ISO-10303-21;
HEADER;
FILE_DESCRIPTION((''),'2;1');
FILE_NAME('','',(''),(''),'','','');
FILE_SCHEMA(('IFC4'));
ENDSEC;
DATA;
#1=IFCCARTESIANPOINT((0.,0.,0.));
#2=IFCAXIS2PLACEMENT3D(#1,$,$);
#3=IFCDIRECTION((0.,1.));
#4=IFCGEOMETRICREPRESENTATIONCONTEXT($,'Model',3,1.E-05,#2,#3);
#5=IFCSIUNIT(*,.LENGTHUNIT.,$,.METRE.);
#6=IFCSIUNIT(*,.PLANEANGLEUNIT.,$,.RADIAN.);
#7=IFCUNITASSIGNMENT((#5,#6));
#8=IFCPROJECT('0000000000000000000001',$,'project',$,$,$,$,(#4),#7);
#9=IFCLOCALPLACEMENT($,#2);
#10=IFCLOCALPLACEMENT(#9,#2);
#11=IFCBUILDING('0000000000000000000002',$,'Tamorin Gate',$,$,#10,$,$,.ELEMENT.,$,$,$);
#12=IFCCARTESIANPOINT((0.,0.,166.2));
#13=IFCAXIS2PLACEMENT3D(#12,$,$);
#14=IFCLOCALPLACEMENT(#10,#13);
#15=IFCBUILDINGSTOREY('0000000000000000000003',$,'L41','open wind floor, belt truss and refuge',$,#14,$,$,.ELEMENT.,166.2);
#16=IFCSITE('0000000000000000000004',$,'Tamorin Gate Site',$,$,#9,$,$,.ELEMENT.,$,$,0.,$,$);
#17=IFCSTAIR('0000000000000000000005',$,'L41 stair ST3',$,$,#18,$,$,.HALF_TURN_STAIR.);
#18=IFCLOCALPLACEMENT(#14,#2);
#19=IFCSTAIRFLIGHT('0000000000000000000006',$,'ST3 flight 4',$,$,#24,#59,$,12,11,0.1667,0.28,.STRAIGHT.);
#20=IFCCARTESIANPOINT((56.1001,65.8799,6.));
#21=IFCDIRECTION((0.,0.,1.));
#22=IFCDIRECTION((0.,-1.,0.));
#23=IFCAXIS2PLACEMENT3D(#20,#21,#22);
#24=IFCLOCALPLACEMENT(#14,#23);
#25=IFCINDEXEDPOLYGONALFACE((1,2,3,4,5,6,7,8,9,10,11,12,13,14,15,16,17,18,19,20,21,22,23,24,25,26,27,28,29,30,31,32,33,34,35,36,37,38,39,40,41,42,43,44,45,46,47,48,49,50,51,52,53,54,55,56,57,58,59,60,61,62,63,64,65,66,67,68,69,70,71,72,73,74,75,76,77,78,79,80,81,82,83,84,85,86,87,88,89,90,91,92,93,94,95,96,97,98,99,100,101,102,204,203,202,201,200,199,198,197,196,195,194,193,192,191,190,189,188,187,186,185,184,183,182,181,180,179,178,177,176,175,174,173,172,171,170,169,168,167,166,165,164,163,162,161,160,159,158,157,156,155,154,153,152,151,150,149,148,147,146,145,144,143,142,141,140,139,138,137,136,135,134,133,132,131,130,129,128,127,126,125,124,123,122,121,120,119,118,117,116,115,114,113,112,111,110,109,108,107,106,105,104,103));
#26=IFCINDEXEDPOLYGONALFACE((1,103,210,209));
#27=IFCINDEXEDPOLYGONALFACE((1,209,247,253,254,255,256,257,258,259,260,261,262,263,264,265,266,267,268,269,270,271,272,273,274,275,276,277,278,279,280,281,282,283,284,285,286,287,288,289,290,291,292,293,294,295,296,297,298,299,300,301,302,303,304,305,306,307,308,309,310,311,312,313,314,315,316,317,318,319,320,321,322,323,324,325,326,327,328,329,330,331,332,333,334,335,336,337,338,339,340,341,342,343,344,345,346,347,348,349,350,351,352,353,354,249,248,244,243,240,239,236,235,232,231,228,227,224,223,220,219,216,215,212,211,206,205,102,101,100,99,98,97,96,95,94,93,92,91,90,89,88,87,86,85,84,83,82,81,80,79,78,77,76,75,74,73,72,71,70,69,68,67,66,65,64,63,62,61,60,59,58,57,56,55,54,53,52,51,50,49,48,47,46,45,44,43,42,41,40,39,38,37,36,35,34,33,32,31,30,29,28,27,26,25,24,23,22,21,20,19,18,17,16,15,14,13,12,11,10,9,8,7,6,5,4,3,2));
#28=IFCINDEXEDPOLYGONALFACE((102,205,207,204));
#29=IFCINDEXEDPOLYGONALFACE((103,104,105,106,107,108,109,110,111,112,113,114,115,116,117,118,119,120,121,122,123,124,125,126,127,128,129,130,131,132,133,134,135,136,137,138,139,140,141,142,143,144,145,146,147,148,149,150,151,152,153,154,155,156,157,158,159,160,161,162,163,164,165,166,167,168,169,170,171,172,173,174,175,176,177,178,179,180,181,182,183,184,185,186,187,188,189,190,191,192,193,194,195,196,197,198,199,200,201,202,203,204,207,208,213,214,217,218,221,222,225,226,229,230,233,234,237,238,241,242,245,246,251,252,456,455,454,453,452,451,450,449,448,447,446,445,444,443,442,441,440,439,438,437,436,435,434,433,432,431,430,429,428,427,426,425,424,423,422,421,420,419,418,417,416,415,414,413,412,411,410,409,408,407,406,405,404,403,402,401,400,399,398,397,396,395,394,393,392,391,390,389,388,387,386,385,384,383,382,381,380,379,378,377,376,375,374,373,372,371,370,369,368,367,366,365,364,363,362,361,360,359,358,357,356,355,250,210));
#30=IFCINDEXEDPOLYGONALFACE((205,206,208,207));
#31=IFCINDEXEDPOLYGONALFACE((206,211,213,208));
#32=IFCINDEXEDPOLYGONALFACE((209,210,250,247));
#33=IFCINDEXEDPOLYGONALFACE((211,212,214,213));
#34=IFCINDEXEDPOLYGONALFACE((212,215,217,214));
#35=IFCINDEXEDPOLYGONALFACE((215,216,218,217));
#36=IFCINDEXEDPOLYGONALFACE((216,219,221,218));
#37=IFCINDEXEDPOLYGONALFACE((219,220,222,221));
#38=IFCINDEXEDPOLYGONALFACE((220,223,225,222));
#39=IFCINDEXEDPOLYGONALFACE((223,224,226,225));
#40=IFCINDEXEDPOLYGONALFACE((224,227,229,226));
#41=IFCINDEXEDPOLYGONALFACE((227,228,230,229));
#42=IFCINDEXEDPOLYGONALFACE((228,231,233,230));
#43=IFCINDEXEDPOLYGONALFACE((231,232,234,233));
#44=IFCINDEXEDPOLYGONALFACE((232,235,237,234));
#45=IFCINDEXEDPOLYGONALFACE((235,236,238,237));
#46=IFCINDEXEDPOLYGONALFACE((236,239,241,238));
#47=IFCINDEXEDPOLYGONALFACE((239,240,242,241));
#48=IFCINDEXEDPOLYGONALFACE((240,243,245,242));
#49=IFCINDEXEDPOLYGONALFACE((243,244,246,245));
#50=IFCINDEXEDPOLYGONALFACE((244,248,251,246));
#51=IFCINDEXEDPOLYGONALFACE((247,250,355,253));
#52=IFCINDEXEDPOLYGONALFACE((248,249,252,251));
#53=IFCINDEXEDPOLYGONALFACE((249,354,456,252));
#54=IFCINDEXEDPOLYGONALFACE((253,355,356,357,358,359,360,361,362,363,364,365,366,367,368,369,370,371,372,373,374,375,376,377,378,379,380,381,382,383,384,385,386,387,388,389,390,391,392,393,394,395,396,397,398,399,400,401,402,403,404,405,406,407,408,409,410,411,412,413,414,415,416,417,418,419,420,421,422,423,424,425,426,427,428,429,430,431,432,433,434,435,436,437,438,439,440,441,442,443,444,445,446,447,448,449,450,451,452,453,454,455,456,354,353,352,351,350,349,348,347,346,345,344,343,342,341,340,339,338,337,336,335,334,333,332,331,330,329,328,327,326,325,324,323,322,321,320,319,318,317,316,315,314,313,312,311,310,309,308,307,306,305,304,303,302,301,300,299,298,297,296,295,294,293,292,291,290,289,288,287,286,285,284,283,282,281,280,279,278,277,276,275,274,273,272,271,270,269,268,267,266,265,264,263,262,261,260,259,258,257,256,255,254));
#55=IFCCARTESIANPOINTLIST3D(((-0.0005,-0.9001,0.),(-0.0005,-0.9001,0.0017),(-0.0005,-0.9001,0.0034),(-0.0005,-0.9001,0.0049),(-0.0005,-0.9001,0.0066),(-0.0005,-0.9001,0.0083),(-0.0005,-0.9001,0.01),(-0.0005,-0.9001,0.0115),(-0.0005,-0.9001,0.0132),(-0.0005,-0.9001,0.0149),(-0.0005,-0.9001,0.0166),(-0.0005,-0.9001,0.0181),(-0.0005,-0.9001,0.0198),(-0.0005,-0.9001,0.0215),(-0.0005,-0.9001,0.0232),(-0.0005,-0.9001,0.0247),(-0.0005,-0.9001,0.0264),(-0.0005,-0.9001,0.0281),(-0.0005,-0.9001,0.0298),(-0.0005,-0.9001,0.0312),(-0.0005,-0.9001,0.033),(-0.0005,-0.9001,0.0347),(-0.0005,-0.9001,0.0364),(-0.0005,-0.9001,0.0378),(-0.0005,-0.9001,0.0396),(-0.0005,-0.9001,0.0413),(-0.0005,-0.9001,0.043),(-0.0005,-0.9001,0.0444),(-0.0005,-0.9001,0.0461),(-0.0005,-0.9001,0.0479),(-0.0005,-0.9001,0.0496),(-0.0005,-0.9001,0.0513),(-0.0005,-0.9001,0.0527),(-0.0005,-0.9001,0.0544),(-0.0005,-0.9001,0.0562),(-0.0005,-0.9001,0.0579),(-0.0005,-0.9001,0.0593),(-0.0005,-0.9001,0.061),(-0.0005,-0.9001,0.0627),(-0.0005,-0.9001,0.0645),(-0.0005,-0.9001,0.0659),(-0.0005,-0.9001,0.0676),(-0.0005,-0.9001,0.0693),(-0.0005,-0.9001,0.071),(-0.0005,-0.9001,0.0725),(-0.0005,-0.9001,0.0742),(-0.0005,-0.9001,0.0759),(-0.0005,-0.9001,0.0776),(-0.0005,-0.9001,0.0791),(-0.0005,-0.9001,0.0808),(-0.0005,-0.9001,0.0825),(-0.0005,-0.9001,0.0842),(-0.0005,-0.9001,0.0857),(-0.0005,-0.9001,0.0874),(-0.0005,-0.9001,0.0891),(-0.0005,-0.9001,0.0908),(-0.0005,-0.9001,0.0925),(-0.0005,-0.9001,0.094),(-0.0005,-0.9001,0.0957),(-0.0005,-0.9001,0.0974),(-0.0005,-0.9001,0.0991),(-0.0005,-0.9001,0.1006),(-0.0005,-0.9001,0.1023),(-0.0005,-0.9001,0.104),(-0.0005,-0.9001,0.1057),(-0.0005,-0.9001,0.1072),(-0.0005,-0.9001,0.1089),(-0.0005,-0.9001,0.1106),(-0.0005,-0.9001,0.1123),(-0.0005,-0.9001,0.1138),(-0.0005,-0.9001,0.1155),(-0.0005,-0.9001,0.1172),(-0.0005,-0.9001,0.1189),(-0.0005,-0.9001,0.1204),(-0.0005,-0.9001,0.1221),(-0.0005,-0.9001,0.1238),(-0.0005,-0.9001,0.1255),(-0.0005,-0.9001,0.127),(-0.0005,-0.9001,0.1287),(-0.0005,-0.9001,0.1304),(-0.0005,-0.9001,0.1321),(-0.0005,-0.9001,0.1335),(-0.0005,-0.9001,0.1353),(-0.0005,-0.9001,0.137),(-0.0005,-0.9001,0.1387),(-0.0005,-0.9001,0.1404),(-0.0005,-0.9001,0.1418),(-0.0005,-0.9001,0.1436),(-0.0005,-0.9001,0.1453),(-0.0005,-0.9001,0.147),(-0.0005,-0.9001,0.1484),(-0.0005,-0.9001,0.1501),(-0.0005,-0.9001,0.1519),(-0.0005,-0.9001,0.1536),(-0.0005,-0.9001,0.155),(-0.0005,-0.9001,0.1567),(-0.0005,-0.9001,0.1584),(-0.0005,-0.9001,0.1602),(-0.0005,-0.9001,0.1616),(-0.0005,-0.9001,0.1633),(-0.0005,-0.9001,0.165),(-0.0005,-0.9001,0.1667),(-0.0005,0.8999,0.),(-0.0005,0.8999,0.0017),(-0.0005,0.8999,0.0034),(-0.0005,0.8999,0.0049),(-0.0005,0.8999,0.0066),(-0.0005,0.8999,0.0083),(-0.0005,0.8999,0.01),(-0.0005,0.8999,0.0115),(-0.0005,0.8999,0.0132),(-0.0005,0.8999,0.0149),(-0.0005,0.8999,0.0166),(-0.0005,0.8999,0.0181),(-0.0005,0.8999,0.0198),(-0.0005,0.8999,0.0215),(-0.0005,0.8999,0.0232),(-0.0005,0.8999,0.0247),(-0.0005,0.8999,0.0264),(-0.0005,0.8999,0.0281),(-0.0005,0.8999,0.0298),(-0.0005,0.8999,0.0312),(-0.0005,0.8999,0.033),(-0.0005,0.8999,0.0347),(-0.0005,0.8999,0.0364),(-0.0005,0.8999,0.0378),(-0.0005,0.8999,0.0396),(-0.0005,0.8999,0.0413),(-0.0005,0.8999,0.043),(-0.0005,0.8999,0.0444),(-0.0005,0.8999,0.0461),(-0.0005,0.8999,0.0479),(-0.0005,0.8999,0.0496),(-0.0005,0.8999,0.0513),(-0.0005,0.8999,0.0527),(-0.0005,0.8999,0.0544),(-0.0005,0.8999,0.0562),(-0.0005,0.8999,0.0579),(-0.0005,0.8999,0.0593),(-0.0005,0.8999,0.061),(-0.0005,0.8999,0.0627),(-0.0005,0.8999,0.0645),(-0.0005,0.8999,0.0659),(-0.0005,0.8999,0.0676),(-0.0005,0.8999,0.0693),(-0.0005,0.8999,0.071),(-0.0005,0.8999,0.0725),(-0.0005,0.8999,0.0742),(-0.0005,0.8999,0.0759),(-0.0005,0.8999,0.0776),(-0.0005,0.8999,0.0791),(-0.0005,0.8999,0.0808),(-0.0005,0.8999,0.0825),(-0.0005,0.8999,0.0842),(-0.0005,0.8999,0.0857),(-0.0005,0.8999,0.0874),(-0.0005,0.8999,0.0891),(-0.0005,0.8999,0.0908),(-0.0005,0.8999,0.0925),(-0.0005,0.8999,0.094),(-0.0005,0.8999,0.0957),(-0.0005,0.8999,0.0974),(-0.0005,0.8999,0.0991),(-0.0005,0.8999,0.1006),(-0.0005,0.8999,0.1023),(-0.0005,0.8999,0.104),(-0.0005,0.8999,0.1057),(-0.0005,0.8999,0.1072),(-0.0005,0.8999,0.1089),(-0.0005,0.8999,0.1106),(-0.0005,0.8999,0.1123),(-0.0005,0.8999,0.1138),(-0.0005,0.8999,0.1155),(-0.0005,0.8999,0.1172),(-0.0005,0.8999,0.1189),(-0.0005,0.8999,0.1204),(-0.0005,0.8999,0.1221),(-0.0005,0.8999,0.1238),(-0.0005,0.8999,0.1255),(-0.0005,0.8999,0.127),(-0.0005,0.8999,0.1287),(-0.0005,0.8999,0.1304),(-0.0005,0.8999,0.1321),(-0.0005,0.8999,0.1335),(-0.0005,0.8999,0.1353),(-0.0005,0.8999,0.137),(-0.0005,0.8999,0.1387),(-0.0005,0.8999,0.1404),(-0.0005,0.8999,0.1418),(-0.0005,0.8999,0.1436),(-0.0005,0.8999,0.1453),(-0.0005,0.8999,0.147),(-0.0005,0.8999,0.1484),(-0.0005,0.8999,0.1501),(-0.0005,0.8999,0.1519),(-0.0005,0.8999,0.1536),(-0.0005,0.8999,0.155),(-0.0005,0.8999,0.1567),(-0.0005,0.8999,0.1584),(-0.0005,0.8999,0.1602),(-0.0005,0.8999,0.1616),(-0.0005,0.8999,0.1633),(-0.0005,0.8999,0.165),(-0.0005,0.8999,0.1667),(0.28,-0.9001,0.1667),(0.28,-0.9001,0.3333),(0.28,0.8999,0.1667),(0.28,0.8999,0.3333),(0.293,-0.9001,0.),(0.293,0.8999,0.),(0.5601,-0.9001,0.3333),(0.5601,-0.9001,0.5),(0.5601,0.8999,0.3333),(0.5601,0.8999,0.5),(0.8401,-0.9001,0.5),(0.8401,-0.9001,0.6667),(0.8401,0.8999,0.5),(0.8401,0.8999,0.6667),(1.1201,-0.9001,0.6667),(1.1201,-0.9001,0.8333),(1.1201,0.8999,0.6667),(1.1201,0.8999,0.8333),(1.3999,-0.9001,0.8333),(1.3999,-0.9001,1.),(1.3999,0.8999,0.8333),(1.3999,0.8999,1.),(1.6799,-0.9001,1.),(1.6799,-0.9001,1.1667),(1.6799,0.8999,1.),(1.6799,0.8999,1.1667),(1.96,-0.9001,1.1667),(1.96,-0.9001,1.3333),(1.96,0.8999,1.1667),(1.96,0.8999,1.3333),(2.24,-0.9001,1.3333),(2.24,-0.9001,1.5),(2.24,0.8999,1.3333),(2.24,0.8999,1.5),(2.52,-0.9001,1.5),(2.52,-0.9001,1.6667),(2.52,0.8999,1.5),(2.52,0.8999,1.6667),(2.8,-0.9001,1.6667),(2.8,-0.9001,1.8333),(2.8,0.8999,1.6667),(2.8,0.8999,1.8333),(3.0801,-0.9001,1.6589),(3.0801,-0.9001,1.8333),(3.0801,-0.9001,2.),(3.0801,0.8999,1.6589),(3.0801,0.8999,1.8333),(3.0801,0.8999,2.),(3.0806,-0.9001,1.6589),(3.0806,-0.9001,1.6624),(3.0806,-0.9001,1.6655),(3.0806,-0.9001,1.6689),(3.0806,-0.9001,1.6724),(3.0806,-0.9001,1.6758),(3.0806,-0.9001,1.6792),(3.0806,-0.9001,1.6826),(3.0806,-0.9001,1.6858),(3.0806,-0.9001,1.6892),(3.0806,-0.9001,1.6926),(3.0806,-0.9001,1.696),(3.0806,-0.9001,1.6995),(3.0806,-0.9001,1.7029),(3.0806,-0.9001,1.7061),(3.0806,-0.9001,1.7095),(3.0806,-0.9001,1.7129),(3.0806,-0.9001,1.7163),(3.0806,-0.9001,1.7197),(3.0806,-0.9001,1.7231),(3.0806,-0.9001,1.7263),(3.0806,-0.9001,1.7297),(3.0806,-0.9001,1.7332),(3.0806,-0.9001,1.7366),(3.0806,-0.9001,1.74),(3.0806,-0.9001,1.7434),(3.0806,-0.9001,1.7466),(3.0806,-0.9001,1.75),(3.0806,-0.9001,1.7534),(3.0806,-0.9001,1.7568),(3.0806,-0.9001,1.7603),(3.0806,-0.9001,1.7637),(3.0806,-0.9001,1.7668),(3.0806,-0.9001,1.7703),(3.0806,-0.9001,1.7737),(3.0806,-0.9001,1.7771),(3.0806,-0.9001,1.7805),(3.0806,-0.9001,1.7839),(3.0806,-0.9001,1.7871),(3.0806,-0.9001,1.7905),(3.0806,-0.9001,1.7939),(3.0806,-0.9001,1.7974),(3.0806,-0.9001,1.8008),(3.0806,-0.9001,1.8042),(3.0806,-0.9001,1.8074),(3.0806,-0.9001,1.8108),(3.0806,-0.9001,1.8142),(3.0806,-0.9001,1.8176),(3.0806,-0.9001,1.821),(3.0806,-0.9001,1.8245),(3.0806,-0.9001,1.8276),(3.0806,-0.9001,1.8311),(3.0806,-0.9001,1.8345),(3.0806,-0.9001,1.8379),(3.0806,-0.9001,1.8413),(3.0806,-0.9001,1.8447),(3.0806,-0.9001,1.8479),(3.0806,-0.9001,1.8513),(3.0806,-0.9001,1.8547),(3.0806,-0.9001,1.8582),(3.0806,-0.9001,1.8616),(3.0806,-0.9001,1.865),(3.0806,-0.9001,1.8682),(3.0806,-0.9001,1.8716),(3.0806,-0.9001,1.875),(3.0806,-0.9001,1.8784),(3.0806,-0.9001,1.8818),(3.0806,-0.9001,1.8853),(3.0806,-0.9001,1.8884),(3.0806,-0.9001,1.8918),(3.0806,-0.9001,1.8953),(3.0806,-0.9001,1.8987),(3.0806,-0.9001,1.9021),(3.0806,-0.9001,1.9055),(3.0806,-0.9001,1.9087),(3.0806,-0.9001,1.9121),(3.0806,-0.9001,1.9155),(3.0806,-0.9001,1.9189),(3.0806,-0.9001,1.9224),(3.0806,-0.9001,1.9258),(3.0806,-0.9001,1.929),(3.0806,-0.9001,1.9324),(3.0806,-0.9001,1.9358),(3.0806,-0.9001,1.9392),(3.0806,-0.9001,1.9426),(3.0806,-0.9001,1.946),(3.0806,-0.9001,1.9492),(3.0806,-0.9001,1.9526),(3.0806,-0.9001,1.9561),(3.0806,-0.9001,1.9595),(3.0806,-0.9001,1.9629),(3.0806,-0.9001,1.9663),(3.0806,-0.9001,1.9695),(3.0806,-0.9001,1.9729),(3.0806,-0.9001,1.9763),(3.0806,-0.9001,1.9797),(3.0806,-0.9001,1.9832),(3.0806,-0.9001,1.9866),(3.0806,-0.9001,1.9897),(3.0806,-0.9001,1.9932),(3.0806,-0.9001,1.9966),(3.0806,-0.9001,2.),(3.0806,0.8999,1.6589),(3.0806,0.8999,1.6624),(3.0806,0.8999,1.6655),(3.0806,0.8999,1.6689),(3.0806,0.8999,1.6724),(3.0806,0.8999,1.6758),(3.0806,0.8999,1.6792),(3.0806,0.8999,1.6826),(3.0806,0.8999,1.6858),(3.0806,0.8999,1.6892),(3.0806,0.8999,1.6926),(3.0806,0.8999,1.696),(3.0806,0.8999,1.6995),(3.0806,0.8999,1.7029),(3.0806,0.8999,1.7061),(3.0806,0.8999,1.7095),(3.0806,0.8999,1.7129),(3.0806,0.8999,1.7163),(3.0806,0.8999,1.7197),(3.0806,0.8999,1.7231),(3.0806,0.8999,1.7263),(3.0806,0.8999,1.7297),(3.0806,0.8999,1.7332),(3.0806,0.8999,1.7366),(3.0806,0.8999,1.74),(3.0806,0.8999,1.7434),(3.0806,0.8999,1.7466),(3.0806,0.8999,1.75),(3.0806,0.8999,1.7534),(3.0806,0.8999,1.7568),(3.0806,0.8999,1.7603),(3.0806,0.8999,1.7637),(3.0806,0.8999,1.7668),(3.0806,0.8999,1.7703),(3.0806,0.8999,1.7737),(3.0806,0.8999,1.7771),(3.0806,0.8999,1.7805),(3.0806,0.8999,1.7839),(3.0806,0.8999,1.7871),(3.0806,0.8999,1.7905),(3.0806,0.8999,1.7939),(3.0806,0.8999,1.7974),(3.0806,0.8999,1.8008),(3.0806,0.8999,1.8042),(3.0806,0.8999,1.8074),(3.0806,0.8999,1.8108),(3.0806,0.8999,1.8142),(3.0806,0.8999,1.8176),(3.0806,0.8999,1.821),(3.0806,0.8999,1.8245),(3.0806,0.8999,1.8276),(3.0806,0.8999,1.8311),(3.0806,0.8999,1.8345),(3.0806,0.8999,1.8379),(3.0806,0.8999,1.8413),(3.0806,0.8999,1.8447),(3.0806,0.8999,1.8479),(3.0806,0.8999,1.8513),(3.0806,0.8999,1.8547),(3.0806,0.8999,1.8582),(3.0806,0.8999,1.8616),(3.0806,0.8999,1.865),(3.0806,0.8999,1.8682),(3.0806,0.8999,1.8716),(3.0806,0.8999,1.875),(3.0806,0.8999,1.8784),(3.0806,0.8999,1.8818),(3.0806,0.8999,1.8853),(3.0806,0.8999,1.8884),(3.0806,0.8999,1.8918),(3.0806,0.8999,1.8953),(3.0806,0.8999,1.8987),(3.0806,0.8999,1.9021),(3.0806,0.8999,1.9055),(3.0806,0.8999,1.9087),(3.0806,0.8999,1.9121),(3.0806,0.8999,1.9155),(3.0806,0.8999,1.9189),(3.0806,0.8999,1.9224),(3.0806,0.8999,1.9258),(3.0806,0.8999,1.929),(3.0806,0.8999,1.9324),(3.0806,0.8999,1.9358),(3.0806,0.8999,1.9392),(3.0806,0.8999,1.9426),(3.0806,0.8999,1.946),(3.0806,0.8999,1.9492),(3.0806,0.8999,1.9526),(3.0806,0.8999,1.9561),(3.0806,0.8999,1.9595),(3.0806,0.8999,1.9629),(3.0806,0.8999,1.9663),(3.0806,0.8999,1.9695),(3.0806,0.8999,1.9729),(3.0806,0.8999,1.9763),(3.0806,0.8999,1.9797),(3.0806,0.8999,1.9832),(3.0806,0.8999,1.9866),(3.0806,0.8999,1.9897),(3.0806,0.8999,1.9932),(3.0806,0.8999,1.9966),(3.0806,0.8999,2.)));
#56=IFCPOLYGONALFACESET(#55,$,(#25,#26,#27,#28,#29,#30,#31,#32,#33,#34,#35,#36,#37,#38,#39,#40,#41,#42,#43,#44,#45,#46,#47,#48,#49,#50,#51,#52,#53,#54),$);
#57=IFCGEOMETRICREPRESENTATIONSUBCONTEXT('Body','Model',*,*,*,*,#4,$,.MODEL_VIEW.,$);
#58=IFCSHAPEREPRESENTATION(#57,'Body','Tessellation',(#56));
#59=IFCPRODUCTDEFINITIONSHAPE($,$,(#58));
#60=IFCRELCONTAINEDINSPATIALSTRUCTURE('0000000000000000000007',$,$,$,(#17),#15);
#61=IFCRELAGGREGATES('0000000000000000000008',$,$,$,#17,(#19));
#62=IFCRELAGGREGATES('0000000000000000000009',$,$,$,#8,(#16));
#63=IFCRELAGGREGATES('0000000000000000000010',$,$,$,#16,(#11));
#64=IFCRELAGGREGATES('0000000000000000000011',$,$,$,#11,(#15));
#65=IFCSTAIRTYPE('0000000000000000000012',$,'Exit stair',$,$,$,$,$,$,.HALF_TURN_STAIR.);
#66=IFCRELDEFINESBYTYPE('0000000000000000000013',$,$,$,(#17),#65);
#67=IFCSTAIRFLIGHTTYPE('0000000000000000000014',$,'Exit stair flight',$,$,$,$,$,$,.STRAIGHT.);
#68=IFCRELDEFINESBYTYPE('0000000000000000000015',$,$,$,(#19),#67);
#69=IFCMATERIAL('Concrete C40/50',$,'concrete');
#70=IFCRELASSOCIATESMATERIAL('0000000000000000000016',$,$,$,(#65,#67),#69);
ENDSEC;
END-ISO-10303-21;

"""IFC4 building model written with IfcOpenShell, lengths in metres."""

from ifc_helpers import new_model, si_unit, direction, frame, origin, place, context, subcontext, project, spatial, polyline, outline, extrude, material, type_object, element, aggregate, save


model = new_model("IFC4")

# Units and contexts
model_context = context("Model", 3, precision=1e-05, world=origin(), true_north=direction((0.0, 1.0)))
body_context = subcontext(model_context, "Body", "Model", "MODEL_VIEW")
ifc_project = project(units=[si_unit("LENGTHUNIT", "METRE"), si_unit("PLANEANGLEUNIT", "RADIAN")], contexts=[model_context])

# Site, building, storey
site_placement = place(None, origin())
site = spatial("IfcSite", under=ifc_project, at=site_placement, Name="Tamorin Gate Site", CompositionType="ELEMENT", RefElevation=0.0)
building_placement = place(site_placement, origin())
building = spatial("IfcBuilding", under=site, at=building_placement, Name="Tamorin Gate", CompositionType="ELEMENT")
storey_placement = place(building_placement, frame((0.0, 0.0, 166.2)))
storey = spatial("IfcBuildingStorey", under=building, at=storey_placement, Name="L41", Description="open wind floor, belt truss and refuge", CompositionType="ELEMENT", Elevation=166.2)

# Stair, stair flight
ifc_material_1 = material(Name="Concrete C40/50", Category="concrete")
stair_type = type_object("IfcStairType", Name="Exit stair", PredefinedType="HALF_TURN_STAIR", material=ifc_material_1)
stair_placement = place(storey_placement, origin())
stair = element("IfcStair", 1, at=stair_placement, inside=storey, type_object=stair_type, Name="L41 stair ST3", PredefinedType="HALF_TURN_STAIR")
stair_flight_type = type_object("IfcStairFlightType", Name="Exit stair flight", PredefinedType="STRAIGHT", material=ifc_material_1)
stair_flight_1_placement = place(storey_placement, frame((56.1001, 65.8799, 6.0), z_axis=(0.0, 0.0, 1.0), x_axis=(0.0, -1.0, 0.0)))
stair_flight_1 = element("IfcStairFlight", 2, at=stair_flight_1_placement, type_object=stair_flight_type, Name="ST3 flight 4", NumberOfRisers=12, NumberOfTreads=11, PredefinedType="STRAIGHT", RiserHeight=0.1667, TreadLength=0.28, context=body_context, shape_type="SweptSolid", body=[
    extrude(outline(polyline([(-0.0005, 0.0), (-0.0005, 0.0017), (-0.0005, 0.0034), (-0.0005, 0.0049), (-0.0005, 0.0066), (-0.0005, 0.0083), (-0.0005, 0.01), (-0.0005, 0.0115), (-0.0005, 0.0132), (-0.0005, 0.0149), (-0.0005, 0.0166), (-0.0005, 0.0181), (-0.0005, 0.0198), (-0.0005, 0.0215), (-0.0005, 0.0232), (-0.0005, 0.0247), (-0.0005, 0.0264), (-0.0005, 0.0281), (-0.0005, 0.0298), (-0.0005, 0.0312), (-0.0005, 0.033), (-0.0005, 0.0347), (-0.0005, 0.0364), (-0.0005, 0.0378), (-0.0005, 0.0396), (-0.0005, 0.0413), (-0.0005, 0.043), (-0.0005, 0.0444), (-0.0005, 0.0461), (-0.0005, 0.0479), (-0.0005, 0.0496), (-0.0005, 0.0513), (-0.0005, 0.0527), (-0.0005, 0.0544), (-0.0005, 0.0562), (-0.0005, 0.0579), (-0.0005, 0.0593), (-0.0005, 0.061), (-0.0005, 0.0627), (-0.0005, 0.0645), (-0.0005, 0.0659), (-0.0005, 0.0676), (-0.0005, 0.0693), (-0.0005, 0.071), (-0.0005, 0.0725), (-0.0005, 0.0742), (-0.0005, 0.0759), (-0.0005, 0.0776), (-0.0005, 0.0791), (-0.0005, 0.0808), (-0.0005, 0.0825), (-0.0005, 0.0842), (-0.0005, 0.0857), (-0.0005, 0.0874), (-0.0005, 0.0891), (-0.0005, 0.0908), (-0.0005, 0.0925), (-0.0005, 0.094), (-0.0005, 0.0957), (-0.0005, 0.0974), (-0.0005, 0.0991), (-0.0005, 0.1006), (-0.0005, 0.1023), (-0.0005, 0.104), (-0.0005, 0.1057), (-0.0005, 0.1072), (-0.0005, 0.1089), (-0.0005, 0.1106), (-0.0005, 0.1123), (-0.0005, 0.1138), (-0.0005, 0.1155), (-0.0005, 0.1172), (-0.0005, 0.1189), (-0.0005, 0.1204), (-0.0005, 0.1221), (-0.0005, 0.1238), (-0.0005, 0.1255), (-0.0005, 0.127), (-0.0005, 0.1287), (-0.0005, 0.1304), (-0.0005, 0.1321), (-0.0005, 0.1335), (-0.0005, 0.1353), (-0.0005, 0.137), (-0.0005, 0.1387), (-0.0005, 0.1404), (-0.0005, 0.1418), (-0.0005, 0.1436), (-0.0005, 0.1453), (-0.0005, 0.147), (-0.0005, 0.1484), (-0.0005, 0.1501), (-0.0005, 0.1519), (-0.0005, 0.1536), (-0.0005, 0.155), (-0.0005, 0.1567), (-0.0005, 0.1584), (-0.0005, 0.1602), (-0.0005, 0.1616), (-0.0005, 0.1633), (-0.0005, 0.165), (-0.0005, 0.1667), (0.28, 0.1667), (0.28, 0.3333), (0.5601, 0.3333), (0.5601, 0.5), (0.8401, 0.5), (0.8401, 0.6667), (1.1201, 0.6667), (1.1201, 0.8333), (1.3999, 0.8333), (1.3999, 1.0), (1.6799, 1.0), (1.6799, 1.1667), (1.96, 1.1667), (1.96, 1.3333), (2.24, 1.3333), (2.24, 1.5), (2.52, 1.5), (2.52, 1.6667), (2.8, 1.6667), (2.8, 1.8333), (3.0801, 1.8333), (3.0801, 2.0), (3.0806, 2.0), (3.0806, 1.9966), (3.0806, 1.9932), (3.0806, 1.9897), (3.0806, 1.9866), (3.0806, 1.9832), (3.0806, 1.9797), (3.0806, 1.9763), (3.0806, 1.9729), (3.0806, 1.9695), (3.0806, 1.9663), (3.0806, 1.9629), (3.0806, 1.9595), (3.0806, 1.9561), (3.0806, 1.9526), (3.0806, 1.9492), (3.0806, 1.946), (3.0806, 1.9426), (3.0806, 1.9392), (3.0806, 1.9358), (3.0806, 1.9324), (3.0806, 1.929), (3.0806, 1.9258), (3.0806, 1.9224), (3.0806, 1.9189), (3.0806, 1.9155), (3.0806, 1.9121), (3.0806, 1.9087), (3.0806, 1.9055), (3.0806, 1.9021), (3.0806, 1.8987), (3.0806, 1.8953), (3.0806, 1.8918), (3.0806, 1.8884), (3.0806, 1.8853), (3.0806, 1.8818), (3.0806, 1.8784), (3.0806, 1.875), (3.0806, 1.8716), (3.0806, 1.8682), (3.0806, 1.865), (3.0806, 1.8616), (3.0806, 1.8582), (3.0806, 1.8547), (3.0806, 1.8513), (3.0806, 1.8479), (3.0806, 1.8447), (3.0806, 1.8413), (3.0806, 1.8379), (3.0806, 1.8345), (3.0806, 1.8311), (3.0806, 1.8276), (3.0806, 1.8245), (3.0806, 1.821), (3.0806, 1.8176), (3.0806, 1.8142), (3.0806, 1.8108), (3.0806, 1.8074), (3.0806, 1.8042), (3.0806, 1.8008), (3.0806, 1.7974), (3.0806, 1.7939), (3.0806, 1.7905), (3.0806, 1.7871), (3.0806, 1.7839), (3.0806, 1.7805), (3.0806, 1.7771), (3.0806, 1.7737), (3.0806, 1.7703), (3.0806, 1.7668), (3.0806, 1.7637), (3.0806, 1.7603), (3.0806, 1.7568), (3.0806, 1.7534), (3.0806, 1.75), (3.0806, 1.7466), (3.0806, 1.7434), (3.0806, 1.74), (3.0806, 1.7366), (3.0806, 1.7332), (3.0806, 1.7297), (3.0806, 1.7263), (3.0806, 1.7231), (3.0806, 1.7197), (3.0806, 1.7163), (3.0806, 1.7129), (3.0806, 1.7095), (3.0806, 1.7061), (3.0806, 1.7029), (3.0806, 1.6995), (3.0806, 1.696), (3.0806, 1.6926), (3.0806, 1.6892), (3.0806, 1.6858), (3.0806, 1.6826), (3.0806, 1.6792), (3.0806, 1.6758), (3.0806, 1.6724), (3.0806, 1.6689), (3.0806, 1.6655), (3.0806, 1.6624), (3.0806, 1.6589), (3.0801, 1.6589), (0.293, 0.0), (-0.0005, 0.0)])), frame((0.0, 0.8999, 0.0), z_axis=(0.0, -1.0, 0.0), x_axis=(1.0, 0.0, 0.0)), (0.0, 0.0, 1.0), 1.8),
])
aggregate(stair, [stair_flight_1])

save(model, "model.ifc")
